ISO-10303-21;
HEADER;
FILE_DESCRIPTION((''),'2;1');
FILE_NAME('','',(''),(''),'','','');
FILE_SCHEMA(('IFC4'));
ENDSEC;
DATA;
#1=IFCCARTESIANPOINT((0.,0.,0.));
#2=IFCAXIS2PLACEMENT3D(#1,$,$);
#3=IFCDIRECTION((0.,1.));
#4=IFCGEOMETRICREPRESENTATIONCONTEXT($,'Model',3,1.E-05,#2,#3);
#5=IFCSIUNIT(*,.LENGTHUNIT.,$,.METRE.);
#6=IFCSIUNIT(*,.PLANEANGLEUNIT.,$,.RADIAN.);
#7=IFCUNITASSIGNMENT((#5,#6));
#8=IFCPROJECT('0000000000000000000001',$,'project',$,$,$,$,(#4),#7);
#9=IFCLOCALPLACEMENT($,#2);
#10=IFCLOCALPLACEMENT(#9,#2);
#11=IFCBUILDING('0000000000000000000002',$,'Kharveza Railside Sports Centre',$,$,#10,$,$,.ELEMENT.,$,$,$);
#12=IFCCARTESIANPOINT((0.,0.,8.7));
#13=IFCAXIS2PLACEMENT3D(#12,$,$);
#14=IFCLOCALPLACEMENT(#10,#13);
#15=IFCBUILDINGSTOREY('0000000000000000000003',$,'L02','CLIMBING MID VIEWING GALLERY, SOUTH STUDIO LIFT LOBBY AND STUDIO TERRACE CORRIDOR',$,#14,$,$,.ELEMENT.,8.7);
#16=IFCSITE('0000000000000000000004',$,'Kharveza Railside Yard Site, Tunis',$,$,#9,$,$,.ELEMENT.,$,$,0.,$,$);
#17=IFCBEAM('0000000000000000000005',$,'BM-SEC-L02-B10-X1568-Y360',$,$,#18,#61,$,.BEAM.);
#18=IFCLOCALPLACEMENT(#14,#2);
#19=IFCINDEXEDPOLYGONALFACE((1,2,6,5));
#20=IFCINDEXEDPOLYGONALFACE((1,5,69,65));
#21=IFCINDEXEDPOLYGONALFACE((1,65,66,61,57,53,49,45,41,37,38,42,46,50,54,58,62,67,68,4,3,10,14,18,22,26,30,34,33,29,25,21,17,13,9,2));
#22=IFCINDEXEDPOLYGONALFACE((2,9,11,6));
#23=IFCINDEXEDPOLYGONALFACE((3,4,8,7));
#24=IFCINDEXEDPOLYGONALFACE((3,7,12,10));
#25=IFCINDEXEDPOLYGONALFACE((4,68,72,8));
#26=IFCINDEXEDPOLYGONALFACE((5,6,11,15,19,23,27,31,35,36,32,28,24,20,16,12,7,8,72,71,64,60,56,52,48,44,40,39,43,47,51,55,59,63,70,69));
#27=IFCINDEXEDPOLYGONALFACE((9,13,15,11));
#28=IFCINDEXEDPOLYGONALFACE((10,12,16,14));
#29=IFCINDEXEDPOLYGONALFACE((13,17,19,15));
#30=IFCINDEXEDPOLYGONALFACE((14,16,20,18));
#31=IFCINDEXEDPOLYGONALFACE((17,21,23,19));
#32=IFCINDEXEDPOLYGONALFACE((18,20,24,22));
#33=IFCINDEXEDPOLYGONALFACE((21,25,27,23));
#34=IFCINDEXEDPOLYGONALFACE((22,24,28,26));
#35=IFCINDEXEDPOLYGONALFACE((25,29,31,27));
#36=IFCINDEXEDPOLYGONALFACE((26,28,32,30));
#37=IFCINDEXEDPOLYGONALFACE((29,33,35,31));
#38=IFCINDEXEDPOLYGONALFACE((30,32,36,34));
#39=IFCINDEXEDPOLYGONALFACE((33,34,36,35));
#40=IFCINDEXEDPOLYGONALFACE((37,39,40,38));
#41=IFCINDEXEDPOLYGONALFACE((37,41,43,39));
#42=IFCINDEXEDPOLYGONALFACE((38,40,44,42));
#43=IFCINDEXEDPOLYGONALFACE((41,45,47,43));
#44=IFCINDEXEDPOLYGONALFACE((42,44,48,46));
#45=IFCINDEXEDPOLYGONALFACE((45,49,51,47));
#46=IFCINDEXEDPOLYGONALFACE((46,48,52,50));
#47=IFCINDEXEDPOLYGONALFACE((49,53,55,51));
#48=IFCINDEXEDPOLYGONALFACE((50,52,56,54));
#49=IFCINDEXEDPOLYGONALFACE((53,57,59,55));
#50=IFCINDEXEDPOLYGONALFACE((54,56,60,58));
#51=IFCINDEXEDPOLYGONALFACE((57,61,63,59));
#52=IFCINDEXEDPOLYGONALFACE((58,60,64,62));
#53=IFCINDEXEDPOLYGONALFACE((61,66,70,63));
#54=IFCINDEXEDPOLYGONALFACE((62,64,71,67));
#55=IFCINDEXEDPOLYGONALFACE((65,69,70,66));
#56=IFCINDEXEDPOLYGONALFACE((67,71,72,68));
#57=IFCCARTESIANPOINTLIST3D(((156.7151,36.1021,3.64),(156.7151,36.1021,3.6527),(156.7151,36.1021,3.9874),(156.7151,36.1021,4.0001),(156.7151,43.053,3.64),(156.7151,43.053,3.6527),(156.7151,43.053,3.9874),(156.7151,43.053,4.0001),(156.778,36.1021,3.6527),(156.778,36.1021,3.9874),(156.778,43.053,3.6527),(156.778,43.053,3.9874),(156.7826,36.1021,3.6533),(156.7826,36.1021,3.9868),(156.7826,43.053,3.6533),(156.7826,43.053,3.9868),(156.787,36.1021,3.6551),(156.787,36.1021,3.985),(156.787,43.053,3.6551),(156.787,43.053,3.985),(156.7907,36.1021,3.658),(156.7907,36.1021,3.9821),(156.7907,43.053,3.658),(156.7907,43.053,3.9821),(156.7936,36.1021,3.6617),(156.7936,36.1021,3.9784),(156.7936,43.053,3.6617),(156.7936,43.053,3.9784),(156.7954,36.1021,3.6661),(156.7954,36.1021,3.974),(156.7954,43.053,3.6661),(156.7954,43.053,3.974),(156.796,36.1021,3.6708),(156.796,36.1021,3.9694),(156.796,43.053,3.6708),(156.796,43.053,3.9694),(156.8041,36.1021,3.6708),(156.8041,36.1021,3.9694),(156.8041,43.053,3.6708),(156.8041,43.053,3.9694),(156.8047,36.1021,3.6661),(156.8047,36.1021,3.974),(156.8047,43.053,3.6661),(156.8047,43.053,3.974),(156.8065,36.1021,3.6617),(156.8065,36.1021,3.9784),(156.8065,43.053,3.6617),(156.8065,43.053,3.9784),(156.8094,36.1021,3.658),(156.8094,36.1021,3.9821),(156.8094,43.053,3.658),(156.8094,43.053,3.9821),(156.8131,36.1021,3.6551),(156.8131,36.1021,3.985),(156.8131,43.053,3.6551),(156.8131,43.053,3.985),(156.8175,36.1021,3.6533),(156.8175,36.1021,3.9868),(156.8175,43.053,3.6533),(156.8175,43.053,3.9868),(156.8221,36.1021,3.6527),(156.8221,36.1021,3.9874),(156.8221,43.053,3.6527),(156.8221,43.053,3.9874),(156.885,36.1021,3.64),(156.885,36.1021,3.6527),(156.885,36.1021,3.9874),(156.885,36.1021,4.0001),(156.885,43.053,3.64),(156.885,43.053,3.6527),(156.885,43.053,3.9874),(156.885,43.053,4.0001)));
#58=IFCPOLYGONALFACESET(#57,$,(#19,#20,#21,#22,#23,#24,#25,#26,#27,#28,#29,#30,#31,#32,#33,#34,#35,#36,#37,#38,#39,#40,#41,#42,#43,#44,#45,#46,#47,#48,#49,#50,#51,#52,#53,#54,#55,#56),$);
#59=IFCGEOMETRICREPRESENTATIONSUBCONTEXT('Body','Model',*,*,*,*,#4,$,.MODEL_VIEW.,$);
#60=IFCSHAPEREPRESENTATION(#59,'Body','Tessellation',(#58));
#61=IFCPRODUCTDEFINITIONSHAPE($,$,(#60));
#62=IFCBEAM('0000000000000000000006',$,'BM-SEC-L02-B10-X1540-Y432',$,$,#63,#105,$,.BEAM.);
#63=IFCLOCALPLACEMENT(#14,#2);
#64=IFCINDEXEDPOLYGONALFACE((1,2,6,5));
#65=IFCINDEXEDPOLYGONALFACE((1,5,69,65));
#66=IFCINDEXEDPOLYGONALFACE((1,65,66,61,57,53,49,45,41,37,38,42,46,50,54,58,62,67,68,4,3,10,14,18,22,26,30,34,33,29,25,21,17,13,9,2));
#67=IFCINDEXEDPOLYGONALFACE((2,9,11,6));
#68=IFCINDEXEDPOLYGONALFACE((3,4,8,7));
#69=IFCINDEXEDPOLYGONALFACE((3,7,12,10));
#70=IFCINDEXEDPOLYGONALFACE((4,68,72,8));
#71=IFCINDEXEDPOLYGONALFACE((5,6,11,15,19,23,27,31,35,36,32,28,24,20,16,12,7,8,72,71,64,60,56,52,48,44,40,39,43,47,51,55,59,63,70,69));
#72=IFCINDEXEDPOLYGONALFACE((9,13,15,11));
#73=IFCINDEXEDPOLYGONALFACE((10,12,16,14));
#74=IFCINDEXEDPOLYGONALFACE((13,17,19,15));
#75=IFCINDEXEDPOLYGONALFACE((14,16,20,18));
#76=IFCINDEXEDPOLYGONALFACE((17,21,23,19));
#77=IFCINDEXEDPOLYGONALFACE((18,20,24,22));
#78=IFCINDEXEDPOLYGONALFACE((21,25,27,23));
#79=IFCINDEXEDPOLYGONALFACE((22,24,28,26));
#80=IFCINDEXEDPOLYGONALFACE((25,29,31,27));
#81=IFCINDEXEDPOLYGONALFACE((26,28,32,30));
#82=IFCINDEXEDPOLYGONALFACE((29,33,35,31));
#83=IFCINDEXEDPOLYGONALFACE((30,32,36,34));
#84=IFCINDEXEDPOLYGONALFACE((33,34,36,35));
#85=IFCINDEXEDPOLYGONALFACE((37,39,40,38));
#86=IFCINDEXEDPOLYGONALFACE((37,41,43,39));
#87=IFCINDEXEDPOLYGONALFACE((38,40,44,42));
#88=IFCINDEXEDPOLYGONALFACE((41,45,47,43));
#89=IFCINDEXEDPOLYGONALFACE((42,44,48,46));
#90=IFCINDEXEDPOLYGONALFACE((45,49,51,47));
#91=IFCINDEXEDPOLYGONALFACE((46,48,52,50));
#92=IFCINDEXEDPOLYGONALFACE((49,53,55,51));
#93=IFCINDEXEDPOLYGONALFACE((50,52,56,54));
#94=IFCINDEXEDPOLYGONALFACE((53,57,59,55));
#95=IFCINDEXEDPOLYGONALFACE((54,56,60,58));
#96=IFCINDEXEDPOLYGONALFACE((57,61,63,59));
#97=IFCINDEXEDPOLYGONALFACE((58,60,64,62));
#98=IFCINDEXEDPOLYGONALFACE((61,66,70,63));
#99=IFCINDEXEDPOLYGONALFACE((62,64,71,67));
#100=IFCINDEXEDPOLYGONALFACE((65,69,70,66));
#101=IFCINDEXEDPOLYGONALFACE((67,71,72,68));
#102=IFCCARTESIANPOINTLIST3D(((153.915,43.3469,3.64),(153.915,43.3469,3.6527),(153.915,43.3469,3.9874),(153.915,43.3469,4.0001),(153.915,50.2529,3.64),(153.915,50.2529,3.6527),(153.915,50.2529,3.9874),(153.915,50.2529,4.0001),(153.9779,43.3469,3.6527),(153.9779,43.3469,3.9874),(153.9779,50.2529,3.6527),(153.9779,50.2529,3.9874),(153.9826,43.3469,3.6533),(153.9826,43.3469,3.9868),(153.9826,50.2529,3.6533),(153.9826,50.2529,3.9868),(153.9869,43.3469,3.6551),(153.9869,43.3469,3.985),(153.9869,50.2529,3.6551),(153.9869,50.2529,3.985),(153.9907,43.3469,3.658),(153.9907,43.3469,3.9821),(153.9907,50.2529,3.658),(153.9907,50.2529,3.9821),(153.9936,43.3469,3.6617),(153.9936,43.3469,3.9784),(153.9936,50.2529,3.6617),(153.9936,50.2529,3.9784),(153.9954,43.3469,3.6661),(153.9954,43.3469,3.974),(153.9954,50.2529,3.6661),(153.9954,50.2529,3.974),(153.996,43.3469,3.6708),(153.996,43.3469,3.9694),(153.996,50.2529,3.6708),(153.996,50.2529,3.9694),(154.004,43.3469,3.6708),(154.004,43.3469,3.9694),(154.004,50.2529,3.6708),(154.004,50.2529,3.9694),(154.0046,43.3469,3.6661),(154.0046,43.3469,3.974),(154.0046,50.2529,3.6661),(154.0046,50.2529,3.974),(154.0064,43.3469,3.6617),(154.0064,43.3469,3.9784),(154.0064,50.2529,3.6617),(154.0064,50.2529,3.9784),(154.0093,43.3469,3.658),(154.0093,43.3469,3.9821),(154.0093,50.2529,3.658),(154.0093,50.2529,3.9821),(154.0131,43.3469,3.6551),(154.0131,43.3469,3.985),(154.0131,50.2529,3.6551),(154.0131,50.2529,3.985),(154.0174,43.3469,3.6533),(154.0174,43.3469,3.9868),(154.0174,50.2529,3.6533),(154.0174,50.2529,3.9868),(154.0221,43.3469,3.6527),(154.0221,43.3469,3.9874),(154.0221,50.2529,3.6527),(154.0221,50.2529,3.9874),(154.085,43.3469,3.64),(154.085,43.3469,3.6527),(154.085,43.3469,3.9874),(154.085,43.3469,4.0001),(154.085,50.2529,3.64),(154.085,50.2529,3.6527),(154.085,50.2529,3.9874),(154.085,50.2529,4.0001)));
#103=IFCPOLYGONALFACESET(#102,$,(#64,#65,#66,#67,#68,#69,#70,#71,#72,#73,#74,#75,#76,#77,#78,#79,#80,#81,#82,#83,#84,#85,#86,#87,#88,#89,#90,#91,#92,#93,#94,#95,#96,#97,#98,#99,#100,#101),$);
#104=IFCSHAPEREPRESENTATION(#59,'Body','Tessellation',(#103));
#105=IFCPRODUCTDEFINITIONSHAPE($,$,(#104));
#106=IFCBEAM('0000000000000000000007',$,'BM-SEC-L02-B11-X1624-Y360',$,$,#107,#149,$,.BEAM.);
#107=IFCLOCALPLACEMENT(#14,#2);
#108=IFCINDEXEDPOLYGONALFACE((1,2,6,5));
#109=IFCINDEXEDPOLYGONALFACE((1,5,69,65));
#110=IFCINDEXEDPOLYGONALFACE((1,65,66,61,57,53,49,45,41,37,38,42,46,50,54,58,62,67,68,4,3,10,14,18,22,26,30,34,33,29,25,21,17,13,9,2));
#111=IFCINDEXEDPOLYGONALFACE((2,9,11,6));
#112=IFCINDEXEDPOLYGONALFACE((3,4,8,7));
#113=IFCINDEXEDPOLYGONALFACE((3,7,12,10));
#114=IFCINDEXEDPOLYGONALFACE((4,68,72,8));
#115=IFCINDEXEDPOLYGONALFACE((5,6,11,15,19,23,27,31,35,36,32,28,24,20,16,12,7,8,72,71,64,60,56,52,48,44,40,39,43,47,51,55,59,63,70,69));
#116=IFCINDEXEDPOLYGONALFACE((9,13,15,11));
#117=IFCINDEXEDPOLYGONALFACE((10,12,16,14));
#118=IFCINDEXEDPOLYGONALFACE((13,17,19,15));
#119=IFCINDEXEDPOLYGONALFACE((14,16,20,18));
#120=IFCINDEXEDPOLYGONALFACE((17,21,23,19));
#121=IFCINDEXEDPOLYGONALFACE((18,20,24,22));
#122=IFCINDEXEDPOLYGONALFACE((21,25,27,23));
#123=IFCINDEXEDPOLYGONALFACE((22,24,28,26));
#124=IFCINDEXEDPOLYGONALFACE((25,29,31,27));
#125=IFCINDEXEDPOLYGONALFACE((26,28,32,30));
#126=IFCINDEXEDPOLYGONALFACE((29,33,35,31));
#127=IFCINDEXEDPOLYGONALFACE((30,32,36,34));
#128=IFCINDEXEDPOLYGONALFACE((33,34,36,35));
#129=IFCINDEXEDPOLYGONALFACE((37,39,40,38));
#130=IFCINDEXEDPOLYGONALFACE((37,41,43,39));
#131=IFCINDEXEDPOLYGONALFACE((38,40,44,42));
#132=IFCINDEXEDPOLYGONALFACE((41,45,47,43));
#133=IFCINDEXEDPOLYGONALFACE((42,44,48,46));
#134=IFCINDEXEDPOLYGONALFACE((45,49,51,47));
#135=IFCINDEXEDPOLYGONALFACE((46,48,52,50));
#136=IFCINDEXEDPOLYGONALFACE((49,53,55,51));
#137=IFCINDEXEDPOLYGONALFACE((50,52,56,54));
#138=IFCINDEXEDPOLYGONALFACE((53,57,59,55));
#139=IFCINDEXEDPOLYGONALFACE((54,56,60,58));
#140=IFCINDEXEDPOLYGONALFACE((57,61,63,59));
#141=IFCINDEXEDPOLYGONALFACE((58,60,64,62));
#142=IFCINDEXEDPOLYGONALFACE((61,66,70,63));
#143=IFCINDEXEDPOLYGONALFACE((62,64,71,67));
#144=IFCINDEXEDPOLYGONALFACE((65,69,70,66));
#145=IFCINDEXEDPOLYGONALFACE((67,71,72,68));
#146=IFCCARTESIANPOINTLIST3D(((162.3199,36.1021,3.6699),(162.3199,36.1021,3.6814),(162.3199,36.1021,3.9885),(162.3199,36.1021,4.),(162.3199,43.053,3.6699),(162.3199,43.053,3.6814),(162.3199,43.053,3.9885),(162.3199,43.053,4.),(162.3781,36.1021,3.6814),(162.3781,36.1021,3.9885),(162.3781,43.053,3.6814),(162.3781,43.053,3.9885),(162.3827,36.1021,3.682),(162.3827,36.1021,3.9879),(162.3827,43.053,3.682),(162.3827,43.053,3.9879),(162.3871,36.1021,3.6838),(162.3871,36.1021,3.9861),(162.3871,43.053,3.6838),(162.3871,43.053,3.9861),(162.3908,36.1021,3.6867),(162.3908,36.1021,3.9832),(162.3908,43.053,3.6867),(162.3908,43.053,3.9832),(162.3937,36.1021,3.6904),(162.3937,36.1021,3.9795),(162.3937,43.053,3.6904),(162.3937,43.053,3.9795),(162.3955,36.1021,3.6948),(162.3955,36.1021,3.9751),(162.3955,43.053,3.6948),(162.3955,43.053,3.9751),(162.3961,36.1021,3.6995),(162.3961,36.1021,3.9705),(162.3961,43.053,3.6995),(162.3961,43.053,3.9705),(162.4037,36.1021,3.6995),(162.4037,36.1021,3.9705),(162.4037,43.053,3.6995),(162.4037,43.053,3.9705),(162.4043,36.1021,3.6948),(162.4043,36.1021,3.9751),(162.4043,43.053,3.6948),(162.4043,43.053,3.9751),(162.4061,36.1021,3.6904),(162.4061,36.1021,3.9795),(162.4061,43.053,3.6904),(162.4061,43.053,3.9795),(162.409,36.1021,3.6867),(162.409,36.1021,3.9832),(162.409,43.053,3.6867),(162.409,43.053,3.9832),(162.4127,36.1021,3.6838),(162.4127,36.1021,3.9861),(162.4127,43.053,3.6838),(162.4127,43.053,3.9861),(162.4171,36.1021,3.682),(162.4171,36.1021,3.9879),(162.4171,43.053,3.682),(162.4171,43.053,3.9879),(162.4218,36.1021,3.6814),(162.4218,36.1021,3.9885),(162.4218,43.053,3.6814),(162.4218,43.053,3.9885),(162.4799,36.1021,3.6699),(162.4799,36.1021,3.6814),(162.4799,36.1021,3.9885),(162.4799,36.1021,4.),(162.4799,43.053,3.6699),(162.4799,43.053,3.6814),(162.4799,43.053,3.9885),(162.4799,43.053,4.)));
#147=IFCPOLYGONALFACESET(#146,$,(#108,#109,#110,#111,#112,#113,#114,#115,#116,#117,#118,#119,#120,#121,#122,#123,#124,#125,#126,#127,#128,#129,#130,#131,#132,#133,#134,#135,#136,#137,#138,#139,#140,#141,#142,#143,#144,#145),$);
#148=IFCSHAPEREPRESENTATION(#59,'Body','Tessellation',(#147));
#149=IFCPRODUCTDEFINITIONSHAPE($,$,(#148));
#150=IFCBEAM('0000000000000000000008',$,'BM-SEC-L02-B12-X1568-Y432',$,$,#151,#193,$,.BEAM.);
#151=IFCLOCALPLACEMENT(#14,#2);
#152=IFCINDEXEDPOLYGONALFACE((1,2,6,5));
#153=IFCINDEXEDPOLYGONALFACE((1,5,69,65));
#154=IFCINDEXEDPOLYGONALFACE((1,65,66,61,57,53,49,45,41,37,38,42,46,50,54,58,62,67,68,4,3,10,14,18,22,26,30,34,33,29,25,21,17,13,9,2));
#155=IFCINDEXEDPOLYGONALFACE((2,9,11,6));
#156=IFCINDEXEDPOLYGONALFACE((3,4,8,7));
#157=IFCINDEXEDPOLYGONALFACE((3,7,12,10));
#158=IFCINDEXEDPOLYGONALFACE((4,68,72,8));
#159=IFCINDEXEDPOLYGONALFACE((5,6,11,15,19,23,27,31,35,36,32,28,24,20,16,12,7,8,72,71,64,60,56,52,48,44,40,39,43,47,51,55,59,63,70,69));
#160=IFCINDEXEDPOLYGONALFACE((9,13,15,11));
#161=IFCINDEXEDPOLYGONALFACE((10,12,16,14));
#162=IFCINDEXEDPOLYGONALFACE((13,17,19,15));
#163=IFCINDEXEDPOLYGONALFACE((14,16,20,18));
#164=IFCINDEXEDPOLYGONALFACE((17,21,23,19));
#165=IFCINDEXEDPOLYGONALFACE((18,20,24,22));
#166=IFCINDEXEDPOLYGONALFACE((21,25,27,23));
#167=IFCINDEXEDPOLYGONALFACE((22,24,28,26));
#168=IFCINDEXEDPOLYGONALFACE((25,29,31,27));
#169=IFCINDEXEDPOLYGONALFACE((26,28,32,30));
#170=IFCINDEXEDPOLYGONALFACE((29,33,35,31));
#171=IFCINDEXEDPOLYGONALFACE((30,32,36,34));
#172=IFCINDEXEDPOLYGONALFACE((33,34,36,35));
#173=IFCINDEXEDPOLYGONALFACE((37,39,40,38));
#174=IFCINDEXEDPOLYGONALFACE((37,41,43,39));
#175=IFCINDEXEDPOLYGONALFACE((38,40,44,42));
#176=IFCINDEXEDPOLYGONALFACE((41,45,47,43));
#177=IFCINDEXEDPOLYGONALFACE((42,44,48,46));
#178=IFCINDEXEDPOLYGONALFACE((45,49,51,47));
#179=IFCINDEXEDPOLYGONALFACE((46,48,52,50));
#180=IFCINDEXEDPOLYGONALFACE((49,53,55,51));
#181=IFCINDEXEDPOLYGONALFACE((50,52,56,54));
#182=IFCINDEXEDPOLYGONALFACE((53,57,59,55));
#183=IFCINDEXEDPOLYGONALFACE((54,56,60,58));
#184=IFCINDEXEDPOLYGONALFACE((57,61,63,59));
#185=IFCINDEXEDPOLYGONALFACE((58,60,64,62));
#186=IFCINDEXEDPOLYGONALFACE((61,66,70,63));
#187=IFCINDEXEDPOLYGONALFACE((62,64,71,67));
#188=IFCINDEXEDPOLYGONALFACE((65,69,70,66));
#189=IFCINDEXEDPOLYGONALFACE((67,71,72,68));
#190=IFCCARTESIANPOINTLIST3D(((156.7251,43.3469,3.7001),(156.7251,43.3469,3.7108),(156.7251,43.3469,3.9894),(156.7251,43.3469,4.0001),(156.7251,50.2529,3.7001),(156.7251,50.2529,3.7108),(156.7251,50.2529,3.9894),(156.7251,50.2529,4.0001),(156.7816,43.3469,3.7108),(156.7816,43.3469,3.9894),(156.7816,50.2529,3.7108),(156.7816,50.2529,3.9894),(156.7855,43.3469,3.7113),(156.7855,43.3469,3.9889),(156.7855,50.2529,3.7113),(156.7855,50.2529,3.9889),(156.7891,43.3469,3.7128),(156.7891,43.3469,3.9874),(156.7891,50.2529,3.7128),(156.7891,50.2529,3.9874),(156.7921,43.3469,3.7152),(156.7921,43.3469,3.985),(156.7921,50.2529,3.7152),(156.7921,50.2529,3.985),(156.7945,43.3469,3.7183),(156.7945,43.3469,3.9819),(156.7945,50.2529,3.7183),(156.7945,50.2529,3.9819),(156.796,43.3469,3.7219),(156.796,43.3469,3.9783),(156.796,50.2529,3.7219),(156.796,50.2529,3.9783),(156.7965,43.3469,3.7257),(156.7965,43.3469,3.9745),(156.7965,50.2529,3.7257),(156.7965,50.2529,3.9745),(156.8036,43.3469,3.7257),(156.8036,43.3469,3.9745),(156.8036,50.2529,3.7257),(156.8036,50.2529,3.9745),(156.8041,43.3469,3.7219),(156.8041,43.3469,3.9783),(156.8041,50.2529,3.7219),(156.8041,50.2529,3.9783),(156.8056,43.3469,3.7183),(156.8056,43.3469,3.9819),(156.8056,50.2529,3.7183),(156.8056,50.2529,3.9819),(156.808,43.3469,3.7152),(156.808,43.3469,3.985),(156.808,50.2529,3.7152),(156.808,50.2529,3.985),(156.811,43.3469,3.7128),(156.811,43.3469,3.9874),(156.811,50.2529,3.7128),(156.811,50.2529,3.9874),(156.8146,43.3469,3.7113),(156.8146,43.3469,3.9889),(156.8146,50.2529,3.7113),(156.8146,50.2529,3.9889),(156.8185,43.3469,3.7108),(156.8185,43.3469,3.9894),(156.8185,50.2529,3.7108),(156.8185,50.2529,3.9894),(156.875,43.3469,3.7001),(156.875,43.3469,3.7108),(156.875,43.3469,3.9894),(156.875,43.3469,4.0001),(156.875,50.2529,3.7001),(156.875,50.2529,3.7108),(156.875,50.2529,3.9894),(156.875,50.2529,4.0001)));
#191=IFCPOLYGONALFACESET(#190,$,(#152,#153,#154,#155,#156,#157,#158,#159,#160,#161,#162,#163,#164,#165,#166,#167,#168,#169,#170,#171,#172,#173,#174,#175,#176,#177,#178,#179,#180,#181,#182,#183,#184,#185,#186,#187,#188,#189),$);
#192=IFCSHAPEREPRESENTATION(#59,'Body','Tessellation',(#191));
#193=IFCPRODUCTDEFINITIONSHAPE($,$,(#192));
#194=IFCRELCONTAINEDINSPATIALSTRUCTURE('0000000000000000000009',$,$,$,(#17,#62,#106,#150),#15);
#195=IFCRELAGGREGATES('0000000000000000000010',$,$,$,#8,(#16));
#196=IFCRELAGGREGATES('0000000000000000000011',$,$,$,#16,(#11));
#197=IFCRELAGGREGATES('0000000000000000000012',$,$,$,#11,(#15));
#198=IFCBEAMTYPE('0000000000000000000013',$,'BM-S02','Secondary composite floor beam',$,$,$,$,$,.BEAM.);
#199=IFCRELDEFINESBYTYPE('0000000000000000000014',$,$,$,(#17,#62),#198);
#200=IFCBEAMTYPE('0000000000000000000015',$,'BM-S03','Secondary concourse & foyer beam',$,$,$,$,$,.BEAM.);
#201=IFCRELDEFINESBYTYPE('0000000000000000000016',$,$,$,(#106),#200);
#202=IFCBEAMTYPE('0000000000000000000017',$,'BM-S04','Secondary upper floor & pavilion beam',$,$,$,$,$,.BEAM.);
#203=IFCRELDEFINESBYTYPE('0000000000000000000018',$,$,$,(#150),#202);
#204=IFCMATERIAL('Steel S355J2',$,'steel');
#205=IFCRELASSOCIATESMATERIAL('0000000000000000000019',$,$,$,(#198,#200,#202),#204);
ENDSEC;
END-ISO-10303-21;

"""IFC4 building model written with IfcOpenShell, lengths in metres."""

from ifc_helpers import new_model, si_unit, direction, frame, origin, origin_2d, place, context, subcontext, project, spatial, i_section, extrude, material, material_profile, profile_set, type_object, element, save


model = new_model("IFC4")

# Units and contexts
model_context = context("Model", 3, precision=1e-05, world=origin(), true_north=direction((0.0, 1.0)))
body_context = subcontext(model_context, "Body", "Model", "MODEL_VIEW")
ifc_project = project(units=[si_unit("LENGTHUNIT", "METRE"), si_unit("PLANEANGLEUNIT", "RADIAN")], contexts=[model_context])

# Site, building, storey
site_placement = place(None, origin())
site = spatial("IfcSite", under=ifc_project, at=site_placement, Name="Kharveza Railside Yard Site, Tunis", CompositionType="ELEMENT", RefElevation=0.0)
building_placement = place(site_placement, origin())
building = spatial("IfcBuilding", under=site, at=building_placement, Name="Kharveza Railside Sports Centre", CompositionType="ELEMENT")
storey_placement = place(building_placement, frame((0.0, 0.0, 8.7)))
storey = spatial("IfcBuildingStorey", under=building, at=storey_placement, Name="L02", Description="CLIMBING MID VIEWING GALLERY, SOUTH STUDIO LIFT LOBBY AND STUDIO TERRACE CORRIDOR", CompositionType="ELEMENT", Elevation=8.7)

# Shared definitions
ifc_material_1 = material(Name="Steel S355J2", Category="steel")

# Beams
ifc_material_profile_1 = material_profile(ifc_material_1, i_section(OverallWidth=0.1699, OverallDepth=0.3601, WebThickness=0.0081, FlangeThickness=0.0127, FilletRadius=0.0181, at=origin_2d()), Name="IPE 360")
ifc_profile_set_1 = profile_set([ifc_material_profile_1], Name="Steel S355J2")
beam_type_1 = type_object("IfcBeamType", Name="BM-S02", Description="Secondary composite floor beam", PredefinedType="BEAM", material=ifc_profile_set_1)
beam_1_placement = place(storey_placement, frame((156.8, 36.1021, 3.8201), z_axis=(0.0, 1.0, 0.0), x_axis=(-1.0, 0.0, 0.0)))
element("IfcBeam", 1, at=beam_1_placement, inside=storey, type_object=beam_type_1, Name="BM-SEC-L02-B10-X1568-Y360", PredefinedType="BEAM", context=body_context, shape_type="SweptSolid", body=[
    extrude(i_section(OverallWidth=0.1699, OverallDepth=0.3601, WebThickness=0.0081, FlangeThickness=0.0127, FilletRadius=0.0181, at=origin_2d()), origin(), (0.0, 0.0, 1.0), 6.9509),
])
beam_2_placement = place(storey_placement, frame((154.0, 43.3469, 3.8201), z_axis=(0.0, 1.0, 0.0), x_axis=(-1.0, 0.0, 0.0)))
element("IfcBeam", 2, at=beam_2_placement, inside=storey, type_object=beam_type_1, Name="BM-SEC-L02-B10-X1540-Y432", PredefinedType="BEAM", context=body_context, shape_type="SweptSolid", body=[
    extrude(i_section(OverallWidth=0.1699, OverallDepth=0.3601, WebThickness=0.0081, FlangeThickness=0.0127, FilletRadius=0.0181, at=origin_2d()), origin(), (0.0, 0.0, 1.0), 6.906),
])
ifc_material_profile_2 = material_profile(ifc_material_1, i_section(OverallWidth=0.1599, OverallDepth=0.3301, WebThickness=0.0076, FlangeThickness=0.0115, FilletRadius=0.0181, at=origin_2d()), Name="IPE 330")
ifc_profile_set_2 = profile_set([ifc_material_profile_2], Name="Steel S355J2")
beam_type_2 = type_object("IfcBeamType", Name="BM-S03", Description="Secondary concourse & foyer beam", PredefinedType="BEAM", material=ifc_profile_set_2)
beam_3_placement = place(storey_placement, frame((162.3999, 36.1021, 3.835), z_axis=(0.0, 1.0, 0.0), x_axis=(-1.0, 0.0, 0.0)))
element("IfcBeam", 3, at=beam_3_placement, inside=storey, type_object=beam_type_2, Name="BM-SEC-L02-B11-X1624-Y360", PredefinedType="BEAM", context=body_context, shape_type="SweptSolid", body=[
    extrude(i_section(OverallWidth=0.1599, OverallDepth=0.3301, WebThickness=0.0076, FlangeThickness=0.0115, FilletRadius=0.0181, at=origin_2d()), origin(), (0.0, 0.0, 1.0), 6.9509),
])
ifc_material_profile_3 = material_profile(ifc_material_1, i_section(OverallWidth=0.1499, OverallDepth=0.3, WebThickness=0.0071, FlangeThickness=0.0107, FilletRadius=0.0149, at=origin_2d()), Name="IPE 300")
ifc_profile_set_3 = profile_set([ifc_material_profile_3], Name="Steel S355J2")
beam_type_3 = type_object("IfcBeamType", Name="BM-S04", Description="Secondary upper floor & pavilion beam", PredefinedType="BEAM", material=ifc_profile_set_3)
beam_4_placement = place(storey_placement, frame((156.8, 43.3469, 3.8501), z_axis=(0.0, 1.0, 0.0), x_axis=(-1.0, 0.0, 0.0)))
element("IfcBeam", 4, at=beam_4_placement, inside=storey, type_object=beam_type_3, Name="BM-SEC-L02-B12-X1568-Y432", PredefinedType="BEAM", context=body_context, shape_type="SweptSolid", body=[
    extrude(i_section(OverallWidth=0.1499, OverallDepth=0.3, WebThickness=0.0071, FlangeThickness=0.0107, FilletRadius=0.0149, at=origin_2d()), origin(), (0.0, 0.0, 1.0), 6.906),
])

save(model, "model.ifc")
